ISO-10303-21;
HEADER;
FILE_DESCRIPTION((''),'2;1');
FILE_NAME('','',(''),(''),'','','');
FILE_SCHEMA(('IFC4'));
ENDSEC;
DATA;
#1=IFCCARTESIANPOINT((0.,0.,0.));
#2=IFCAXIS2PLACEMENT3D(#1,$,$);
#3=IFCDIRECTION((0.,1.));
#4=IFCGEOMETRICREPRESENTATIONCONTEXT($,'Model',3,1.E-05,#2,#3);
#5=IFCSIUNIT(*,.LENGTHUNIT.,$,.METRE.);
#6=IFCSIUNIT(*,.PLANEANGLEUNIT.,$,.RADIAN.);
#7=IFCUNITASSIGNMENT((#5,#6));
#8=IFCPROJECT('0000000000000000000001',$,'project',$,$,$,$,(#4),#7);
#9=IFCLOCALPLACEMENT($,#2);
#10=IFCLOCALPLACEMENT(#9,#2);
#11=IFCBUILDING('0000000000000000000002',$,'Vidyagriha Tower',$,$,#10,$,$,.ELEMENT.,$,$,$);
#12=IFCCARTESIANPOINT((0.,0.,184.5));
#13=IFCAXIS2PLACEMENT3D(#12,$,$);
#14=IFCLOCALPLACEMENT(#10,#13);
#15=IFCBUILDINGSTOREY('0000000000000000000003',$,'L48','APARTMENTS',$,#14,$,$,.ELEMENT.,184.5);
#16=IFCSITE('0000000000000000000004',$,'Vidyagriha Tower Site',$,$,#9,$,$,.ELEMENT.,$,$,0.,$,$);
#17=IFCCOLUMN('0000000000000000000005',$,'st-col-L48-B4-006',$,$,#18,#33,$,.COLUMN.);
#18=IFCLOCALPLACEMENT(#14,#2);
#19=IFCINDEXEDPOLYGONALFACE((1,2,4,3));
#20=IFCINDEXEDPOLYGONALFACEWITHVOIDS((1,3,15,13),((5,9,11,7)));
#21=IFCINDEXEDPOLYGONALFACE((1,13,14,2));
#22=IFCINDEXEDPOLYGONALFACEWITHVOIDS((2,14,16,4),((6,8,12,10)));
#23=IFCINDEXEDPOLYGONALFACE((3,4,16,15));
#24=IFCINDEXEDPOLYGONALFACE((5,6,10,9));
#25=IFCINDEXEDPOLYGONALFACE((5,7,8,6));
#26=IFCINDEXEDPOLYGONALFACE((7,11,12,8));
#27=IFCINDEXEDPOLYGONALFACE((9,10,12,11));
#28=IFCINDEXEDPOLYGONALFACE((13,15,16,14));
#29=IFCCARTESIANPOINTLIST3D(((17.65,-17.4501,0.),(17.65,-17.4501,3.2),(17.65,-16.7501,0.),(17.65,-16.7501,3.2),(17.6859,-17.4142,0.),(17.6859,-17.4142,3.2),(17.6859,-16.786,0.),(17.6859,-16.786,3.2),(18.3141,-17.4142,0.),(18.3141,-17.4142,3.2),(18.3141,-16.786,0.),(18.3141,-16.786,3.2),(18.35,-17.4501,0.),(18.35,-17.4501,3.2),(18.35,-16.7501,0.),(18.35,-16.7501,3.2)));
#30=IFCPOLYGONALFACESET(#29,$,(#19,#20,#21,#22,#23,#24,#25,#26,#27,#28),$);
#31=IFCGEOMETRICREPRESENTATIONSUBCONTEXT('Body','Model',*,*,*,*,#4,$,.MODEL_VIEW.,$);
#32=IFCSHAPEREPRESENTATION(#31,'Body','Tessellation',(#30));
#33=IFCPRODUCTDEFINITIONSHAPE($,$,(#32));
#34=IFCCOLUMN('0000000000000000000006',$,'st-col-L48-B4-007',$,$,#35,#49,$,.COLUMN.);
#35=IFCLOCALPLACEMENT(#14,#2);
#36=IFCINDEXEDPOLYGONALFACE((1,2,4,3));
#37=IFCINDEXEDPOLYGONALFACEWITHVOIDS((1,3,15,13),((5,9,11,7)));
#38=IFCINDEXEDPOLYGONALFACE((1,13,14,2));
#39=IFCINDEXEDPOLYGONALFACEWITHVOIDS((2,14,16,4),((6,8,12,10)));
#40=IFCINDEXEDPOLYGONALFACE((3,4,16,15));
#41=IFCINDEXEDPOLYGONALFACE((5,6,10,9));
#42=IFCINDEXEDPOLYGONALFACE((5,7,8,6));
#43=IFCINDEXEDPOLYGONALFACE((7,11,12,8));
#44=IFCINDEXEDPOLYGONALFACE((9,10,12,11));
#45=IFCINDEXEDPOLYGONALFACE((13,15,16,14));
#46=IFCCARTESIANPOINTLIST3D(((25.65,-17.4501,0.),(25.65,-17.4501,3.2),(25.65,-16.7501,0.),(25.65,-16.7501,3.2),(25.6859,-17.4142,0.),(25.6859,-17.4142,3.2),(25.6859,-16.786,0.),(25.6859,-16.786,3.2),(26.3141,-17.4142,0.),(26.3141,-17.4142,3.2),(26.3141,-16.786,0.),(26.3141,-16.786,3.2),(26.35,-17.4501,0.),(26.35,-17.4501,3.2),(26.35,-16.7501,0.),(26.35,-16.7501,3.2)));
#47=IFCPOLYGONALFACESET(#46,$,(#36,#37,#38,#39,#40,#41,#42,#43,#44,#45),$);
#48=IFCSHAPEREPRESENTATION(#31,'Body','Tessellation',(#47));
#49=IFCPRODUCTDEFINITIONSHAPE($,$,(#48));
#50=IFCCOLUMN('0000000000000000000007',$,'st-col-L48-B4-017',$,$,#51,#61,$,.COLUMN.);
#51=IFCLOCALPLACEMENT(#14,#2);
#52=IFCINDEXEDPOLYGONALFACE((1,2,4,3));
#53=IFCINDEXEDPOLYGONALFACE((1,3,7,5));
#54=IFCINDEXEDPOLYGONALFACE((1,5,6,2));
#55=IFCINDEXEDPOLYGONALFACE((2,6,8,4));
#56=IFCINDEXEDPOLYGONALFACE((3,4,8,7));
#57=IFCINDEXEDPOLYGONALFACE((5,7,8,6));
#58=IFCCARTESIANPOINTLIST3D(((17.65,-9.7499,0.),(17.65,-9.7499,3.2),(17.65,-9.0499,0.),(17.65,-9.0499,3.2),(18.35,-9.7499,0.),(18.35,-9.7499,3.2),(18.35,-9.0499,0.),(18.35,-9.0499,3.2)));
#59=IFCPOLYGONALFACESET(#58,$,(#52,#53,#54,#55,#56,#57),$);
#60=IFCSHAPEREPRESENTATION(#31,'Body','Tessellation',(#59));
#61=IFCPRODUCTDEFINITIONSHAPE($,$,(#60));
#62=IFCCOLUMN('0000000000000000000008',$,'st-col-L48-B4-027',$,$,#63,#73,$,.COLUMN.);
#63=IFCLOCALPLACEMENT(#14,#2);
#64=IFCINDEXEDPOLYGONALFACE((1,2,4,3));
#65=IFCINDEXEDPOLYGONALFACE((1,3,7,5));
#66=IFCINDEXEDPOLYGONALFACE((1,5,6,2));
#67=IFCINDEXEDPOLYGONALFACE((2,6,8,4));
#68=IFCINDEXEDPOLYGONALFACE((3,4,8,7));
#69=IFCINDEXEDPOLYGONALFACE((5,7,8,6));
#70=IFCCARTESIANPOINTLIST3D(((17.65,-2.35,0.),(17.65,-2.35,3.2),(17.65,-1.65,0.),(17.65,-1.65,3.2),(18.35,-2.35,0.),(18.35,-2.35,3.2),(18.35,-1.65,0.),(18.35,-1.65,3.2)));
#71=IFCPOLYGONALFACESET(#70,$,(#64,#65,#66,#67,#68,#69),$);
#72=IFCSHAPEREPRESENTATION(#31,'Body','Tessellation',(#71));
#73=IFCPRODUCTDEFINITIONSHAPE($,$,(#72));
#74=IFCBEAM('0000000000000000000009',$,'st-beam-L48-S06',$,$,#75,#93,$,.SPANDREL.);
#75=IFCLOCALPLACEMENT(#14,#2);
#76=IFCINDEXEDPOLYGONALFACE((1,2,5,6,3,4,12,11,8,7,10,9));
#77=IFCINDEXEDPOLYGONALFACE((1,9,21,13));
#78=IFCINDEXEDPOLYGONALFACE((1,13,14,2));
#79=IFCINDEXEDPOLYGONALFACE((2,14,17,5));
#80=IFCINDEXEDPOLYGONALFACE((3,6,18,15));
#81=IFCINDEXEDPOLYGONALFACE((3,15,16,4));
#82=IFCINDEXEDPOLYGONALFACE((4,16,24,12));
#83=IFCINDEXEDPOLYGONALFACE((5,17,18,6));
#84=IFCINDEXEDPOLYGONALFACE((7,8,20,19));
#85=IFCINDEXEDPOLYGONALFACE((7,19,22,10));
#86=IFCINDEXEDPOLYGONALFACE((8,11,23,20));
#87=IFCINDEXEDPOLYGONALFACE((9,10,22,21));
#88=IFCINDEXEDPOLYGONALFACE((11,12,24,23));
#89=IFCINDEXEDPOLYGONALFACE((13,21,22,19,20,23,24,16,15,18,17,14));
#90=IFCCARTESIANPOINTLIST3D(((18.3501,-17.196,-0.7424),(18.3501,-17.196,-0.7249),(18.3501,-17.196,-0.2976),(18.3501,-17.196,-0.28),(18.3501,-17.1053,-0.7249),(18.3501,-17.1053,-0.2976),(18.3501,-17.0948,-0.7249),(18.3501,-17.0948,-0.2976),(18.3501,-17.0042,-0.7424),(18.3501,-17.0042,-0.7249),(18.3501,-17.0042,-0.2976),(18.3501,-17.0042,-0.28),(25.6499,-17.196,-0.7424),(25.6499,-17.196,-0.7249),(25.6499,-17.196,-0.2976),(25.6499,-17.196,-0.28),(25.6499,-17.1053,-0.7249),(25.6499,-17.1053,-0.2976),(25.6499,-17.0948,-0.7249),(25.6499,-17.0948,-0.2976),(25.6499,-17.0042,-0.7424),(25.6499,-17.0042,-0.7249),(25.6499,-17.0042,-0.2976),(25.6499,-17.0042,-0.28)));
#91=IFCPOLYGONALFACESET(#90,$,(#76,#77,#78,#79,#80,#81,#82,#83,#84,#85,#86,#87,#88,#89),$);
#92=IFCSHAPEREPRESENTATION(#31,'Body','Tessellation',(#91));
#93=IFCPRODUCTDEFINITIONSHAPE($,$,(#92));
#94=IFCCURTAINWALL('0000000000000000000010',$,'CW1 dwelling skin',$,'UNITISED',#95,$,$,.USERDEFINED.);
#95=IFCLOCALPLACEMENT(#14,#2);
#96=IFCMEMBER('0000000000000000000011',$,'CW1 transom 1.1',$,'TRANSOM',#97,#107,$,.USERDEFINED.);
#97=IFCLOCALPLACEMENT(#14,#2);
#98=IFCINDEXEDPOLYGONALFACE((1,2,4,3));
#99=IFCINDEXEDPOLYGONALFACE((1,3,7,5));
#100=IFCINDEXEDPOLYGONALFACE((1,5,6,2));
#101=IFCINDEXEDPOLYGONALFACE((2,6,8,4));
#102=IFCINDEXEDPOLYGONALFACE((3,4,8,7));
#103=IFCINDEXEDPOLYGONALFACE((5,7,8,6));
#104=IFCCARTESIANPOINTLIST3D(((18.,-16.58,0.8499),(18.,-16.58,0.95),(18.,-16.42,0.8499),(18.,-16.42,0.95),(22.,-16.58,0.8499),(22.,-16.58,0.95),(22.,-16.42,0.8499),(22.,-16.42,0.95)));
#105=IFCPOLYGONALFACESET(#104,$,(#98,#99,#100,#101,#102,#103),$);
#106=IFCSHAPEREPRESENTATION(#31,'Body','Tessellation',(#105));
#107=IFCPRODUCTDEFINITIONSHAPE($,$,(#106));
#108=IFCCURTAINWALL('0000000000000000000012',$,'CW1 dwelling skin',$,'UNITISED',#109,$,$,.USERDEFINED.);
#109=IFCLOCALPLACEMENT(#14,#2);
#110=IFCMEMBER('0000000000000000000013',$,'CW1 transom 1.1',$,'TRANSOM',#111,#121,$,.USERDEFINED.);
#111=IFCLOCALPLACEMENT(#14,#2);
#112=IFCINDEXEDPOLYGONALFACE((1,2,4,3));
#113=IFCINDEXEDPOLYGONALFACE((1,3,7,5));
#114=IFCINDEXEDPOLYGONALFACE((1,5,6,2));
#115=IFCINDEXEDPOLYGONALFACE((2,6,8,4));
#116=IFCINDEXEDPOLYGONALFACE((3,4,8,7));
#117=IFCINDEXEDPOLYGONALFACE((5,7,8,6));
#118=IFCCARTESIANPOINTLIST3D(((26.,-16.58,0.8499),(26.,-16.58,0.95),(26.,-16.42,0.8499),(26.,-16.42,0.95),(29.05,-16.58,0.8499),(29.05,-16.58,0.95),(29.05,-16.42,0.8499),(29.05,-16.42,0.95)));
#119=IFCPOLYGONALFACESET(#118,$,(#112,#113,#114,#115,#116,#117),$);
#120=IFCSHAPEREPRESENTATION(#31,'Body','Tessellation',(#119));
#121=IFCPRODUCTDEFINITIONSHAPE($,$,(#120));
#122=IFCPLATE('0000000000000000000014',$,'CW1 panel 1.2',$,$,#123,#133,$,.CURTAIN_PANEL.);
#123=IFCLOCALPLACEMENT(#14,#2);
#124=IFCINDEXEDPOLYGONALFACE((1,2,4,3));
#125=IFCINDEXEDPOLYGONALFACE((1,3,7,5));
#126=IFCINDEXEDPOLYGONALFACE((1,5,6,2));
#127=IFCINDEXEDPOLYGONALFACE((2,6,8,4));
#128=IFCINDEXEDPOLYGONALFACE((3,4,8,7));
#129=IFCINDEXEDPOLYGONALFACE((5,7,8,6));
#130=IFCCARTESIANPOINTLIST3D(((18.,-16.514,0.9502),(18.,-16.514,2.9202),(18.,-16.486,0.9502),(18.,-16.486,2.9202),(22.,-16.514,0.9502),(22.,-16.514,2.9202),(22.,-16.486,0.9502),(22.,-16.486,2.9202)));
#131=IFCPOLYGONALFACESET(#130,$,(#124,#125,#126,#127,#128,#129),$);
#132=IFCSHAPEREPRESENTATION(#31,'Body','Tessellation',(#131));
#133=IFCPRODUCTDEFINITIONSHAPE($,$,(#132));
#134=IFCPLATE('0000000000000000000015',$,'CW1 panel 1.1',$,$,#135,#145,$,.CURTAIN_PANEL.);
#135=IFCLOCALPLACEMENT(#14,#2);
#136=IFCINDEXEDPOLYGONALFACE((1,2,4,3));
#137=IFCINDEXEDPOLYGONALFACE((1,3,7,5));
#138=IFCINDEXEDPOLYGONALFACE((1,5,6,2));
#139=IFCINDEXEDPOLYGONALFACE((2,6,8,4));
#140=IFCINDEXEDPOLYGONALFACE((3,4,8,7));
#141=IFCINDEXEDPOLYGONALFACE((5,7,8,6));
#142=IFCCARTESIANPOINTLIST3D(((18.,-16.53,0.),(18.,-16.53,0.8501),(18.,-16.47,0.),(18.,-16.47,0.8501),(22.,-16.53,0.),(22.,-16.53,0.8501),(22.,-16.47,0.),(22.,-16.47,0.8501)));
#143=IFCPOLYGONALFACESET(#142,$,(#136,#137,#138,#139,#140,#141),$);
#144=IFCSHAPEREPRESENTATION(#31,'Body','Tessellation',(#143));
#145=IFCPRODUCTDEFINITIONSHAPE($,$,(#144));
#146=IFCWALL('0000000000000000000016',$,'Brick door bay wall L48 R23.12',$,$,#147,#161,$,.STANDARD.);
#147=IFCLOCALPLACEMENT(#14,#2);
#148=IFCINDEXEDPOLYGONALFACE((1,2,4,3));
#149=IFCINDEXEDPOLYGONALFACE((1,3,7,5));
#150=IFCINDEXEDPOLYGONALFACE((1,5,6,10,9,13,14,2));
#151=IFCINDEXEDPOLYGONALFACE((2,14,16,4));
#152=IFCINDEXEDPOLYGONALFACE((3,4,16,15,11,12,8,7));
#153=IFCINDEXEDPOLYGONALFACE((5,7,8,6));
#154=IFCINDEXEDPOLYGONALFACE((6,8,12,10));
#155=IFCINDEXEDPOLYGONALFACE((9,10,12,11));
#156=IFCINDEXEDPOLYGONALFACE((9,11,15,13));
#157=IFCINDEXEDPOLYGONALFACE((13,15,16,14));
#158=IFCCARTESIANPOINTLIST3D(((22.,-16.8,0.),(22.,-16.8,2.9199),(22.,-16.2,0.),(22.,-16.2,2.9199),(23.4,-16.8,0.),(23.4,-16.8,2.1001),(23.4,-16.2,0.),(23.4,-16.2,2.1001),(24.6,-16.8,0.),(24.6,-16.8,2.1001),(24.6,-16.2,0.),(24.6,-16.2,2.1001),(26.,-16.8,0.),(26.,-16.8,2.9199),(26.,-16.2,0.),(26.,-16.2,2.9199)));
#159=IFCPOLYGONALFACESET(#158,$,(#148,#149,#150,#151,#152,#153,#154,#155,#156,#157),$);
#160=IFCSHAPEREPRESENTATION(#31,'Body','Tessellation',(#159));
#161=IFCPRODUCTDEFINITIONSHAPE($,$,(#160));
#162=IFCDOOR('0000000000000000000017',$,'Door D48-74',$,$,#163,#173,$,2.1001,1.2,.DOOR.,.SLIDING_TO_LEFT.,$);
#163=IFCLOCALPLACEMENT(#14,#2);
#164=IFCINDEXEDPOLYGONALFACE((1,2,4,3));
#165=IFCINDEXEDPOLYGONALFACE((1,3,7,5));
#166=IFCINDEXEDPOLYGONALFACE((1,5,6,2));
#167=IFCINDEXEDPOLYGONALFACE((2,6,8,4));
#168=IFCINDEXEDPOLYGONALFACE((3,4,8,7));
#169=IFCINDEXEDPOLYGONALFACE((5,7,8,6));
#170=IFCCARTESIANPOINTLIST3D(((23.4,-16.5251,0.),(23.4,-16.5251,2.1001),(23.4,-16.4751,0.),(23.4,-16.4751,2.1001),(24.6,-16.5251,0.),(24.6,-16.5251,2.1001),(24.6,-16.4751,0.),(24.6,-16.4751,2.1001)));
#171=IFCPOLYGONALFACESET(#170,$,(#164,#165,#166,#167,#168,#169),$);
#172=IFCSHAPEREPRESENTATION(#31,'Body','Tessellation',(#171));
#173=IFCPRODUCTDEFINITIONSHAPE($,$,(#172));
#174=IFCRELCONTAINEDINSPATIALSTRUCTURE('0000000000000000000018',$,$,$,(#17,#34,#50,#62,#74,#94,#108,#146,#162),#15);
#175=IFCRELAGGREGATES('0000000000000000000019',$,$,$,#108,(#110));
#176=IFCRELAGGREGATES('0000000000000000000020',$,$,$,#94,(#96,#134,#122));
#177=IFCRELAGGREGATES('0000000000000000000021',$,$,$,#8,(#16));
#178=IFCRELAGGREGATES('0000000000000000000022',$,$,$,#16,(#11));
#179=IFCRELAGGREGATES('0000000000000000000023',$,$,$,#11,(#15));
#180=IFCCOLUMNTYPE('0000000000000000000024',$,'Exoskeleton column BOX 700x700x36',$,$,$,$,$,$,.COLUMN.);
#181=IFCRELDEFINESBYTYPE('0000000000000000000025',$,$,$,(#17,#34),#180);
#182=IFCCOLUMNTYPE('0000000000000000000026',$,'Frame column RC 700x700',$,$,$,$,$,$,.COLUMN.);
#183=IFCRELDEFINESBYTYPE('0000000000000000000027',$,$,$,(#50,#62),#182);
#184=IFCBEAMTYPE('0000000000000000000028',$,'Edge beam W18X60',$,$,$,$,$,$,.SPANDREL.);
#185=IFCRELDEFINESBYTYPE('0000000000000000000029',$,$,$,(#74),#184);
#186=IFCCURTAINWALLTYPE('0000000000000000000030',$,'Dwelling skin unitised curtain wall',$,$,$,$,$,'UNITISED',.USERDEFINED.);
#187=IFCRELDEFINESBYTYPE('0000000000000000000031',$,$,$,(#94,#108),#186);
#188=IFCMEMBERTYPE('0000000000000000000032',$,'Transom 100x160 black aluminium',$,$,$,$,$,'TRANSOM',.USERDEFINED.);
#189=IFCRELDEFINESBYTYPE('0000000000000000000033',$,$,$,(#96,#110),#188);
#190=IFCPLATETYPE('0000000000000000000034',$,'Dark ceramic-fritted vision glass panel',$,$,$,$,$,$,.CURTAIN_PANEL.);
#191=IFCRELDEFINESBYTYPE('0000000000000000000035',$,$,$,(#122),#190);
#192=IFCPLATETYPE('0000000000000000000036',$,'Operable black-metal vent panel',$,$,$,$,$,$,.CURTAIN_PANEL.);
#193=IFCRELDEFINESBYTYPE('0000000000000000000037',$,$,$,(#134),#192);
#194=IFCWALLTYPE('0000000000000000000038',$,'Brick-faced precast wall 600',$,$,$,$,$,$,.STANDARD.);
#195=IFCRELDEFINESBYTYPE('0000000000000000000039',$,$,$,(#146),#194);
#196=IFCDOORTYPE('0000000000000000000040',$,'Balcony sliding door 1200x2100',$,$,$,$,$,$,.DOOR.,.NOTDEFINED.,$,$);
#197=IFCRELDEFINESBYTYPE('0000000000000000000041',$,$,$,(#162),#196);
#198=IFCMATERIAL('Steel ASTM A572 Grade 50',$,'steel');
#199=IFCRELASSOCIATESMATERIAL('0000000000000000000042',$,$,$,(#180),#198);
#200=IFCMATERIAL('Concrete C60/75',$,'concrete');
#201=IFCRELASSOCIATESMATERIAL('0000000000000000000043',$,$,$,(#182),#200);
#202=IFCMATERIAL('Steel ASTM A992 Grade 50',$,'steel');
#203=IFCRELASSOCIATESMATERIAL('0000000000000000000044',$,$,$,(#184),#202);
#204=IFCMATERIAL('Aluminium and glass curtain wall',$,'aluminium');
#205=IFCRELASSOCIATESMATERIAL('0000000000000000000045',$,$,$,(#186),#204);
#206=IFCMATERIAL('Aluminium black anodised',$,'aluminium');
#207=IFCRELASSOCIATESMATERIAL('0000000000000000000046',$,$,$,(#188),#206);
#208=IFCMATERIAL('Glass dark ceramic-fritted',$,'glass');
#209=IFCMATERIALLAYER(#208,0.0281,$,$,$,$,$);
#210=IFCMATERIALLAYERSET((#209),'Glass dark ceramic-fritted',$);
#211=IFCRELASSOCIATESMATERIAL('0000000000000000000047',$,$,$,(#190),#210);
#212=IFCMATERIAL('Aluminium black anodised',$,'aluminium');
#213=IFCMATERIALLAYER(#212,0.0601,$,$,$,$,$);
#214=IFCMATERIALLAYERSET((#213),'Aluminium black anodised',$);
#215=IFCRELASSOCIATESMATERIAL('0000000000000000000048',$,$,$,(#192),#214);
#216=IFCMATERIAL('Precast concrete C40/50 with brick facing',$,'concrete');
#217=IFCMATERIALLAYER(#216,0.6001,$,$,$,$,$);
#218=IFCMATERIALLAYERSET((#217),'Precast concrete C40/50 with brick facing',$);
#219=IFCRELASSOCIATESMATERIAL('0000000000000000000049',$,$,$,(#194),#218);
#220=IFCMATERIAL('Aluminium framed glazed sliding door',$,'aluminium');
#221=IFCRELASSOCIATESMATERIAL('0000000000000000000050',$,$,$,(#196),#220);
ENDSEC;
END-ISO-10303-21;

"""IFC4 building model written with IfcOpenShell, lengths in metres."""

from ifc_helpers import new_model, si_unit, direction, frame, frame_2d, origin, origin_2d, place, context, subcontext, project, spatial, rectangle, hollow_rectangle, i_section, extrude, material, layer, layer_set, material_profile, profile_set, type_object, element, fill, aggregate, save


model = new_model("IFC4")

# Units and contexts
model_context = context("Model", 3, precision=1e-05, world=origin(), true_north=direction((0.0, 1.0)))
body_context = subcontext(model_context, "Body", "Model", "MODEL_VIEW")
ifc_project = project(units=[si_unit("LENGTHUNIT", "METRE"), si_unit("PLANEANGLEUNIT", "RADIAN")], contexts=[model_context])

# Site, building, storey
site_placement = place(None, origin())
site = spatial("IfcSite", under=ifc_project, at=site_placement, Name="Vidyagriha Tower Site", CompositionType="ELEMENT", RefElevation=0.0)
building_placement = place(site_placement, origin())
building = spatial("IfcBuilding", under=site, at=building_placement, Name="Vidyagriha Tower", CompositionType="ELEMENT")
storey_placement = place(building_placement, frame((0.0, 0.0, 184.5)))
storey = spatial("IfcBuildingStorey", under=building, at=storey_placement, Name="L48", Description="APARTMENTS", CompositionType="ELEMENT", Elevation=184.5)

# Columns
ifc_material_1 = material(Name="Steel ASTM A572 Grade 50", Category="steel")
ifc_material_profile_1 = material_profile(ifc_material_1, hollow_rectangle(XDim=0.7, YDim=0.7, WallThickness=0.0359, at=origin_2d()), Name="BOX 700x700x36")
ifc_profile_set_1 = profile_set([ifc_material_profile_1], Name="Steel ASTM A572 Grade 50")
column_type_1 = type_object("IfcColumnType", Name="Exoskeleton column BOX 700x700x36", PredefinedType="COLUMN", material=ifc_profile_set_1)
for number, where, name in (
    (1, (18.0, -17.1001, 0.0), "st-col-L48-B4-006"),
    (2, (26.0, -17.1001, 0.0), "st-col-L48-B4-007"),
):
    element("IfcColumn", number, at=place(storey_placement, frame(where)), inside=storey, type_object=column_type_1, Name=name, PredefinedType="COLUMN", context=body_context, shape_type="SweptSolid", body=[
        extrude(hollow_rectangle(XDim=0.7, YDim=0.7, WallThickness=0.0359, at=origin_2d()), origin(), (0.0, 0.0, 1.0), 3.2),
    ])
ifc_material_2 = material(Name="Concrete C60/75", Category="concrete")
ifc_material_profile_2 = material_profile(ifc_material_2, rectangle(XDim=0.7, YDim=0.7, at=origin_2d()), Name="RC 700x700")
ifc_profile_set_2 = profile_set([ifc_material_profile_2], Name="Concrete C60/75")
column_type_2 = type_object("IfcColumnType", Name="Frame column RC 700x700", PredefinedType="COLUMN", material=ifc_profile_set_2)
for number, where, name in (
    (3, (18.0, -9.3999, 0.0), "st-col-L48-B4-017"),
    (4, (18.0, -2.0, 0.0), "st-col-L48-B4-027"),
):
    element("IfcColumn", number, at=place(storey_placement, frame(where)), inside=storey, type_object=column_type_2, Name=name, PredefinedType="COLUMN", context=body_context, shape_type="SweptSolid", body=[
        extrude(rectangle(XDim=0.7, YDim=0.7, at=origin_2d()), origin(), (0.0, 0.0, 1.0), 3.2),
    ])

# Beam
ifc_material_3 = material(Name="Steel ASTM A992 Grade 50", Category="steel")
ifc_material_profile_3 = material_profile(ifc_material_3, i_section(OverallWidth=0.1919, OverallDepth=0.4624, WebThickness=0.0105, FlangeThickness=0.0176, at=origin_2d()), Name="W18X60")
ifc_profile_set_3 = profile_set([ifc_material_profile_3], Name="Steel ASTM A992 Grade 50")
beam_type = type_object("IfcBeamType", Name="Edge beam W18X60", PredefinedType="SPANDREL", material=ifc_profile_set_3)
beam_placement = place(storey_placement, frame((18.3501, -17.1001, -0.5112), z_axis=(1.0, 0.0, 0.0), x_axis=(0.0, 1.0, 0.0)))
element("IfcBeam", 5, at=beam_placement, inside=storey, type_object=beam_type, Name="st-beam-L48-S06", PredefinedType="SPANDREL", context=body_context, shape_type="SweptSolid", body=[
    extrude(i_section(OverallWidth=0.1919, OverallDepth=0.4624, WebThickness=0.0105, FlangeThickness=0.0176, at=origin_2d()), origin(), (0.0, 0.0, 1.0), 7.2998),
])

# Curtain walls, members
ifc_material_4 = material(Name="Aluminium and glass curtain wall", Category="aluminium")
curtain_wall_type = type_object("IfcCurtainWallType", Name="Dwelling skin unitised curtain wall", ElementType="UNITISED", PredefinedType="USERDEFINED", material=ifc_material_4)
curtain_wall_1_placement = place(storey_placement, origin())
curtain_wall_1 = element("IfcCurtainWall", 6, at=curtain_wall_1_placement, inside=storey, type_object=curtain_wall_type, Name="CW1 dwelling skin", ObjectType="UNITISED", PredefinedType="USERDEFINED")
ifc_material_5 = material(Name="Aluminium black anodised", Category="aluminium")
ifc_material_profile_4 = material_profile(ifc_material_5, rectangle(XDim=0.1599, YDim=0.1001, at=origin_2d()), Name="Transom 100x160 black aluminium")
ifc_profile_set_4 = profile_set([ifc_material_profile_4], Name="Aluminium black anodised")
member_type = type_object("IfcMemberType", Name="Transom 100x160 black aluminium", ElementType="TRANSOM", PredefinedType="USERDEFINED", material=ifc_profile_set_4)
member_1_placement = place(storey_placement, frame((18.0, -16.5, 0.8999), z_axis=(1.0, 0.0, 0.0), x_axis=(0.0, 1.0, 0.0)))
member_1 = element("IfcMember", 7, at=member_1_placement, type_object=member_type, Name="CW1 transom 1.1", ObjectType="TRANSOM", PredefinedType="USERDEFINED", context=body_context, shape_type="SweptSolid", body=[
    extrude(rectangle(XDim=0.1599, YDim=0.1001, at=origin_2d()), origin(), (0.0, 0.0, 1.0), 4.0),
])
curtain_wall_2_placement = place(storey_placement, origin())
curtain_wall_2 = element("IfcCurtainWall", 8, at=curtain_wall_2_placement, inside=storey, type_object=curtain_wall_type, Name="CW1 dwelling skin", ObjectType="UNITISED", PredefinedType="USERDEFINED")
member_2_placement = place(storey_placement, frame((26.0, -16.5, 0.8999), z_axis=(1.0, 0.0, 0.0), x_axis=(0.0, 1.0, 0.0)))
member_2 = element("IfcMember", 9, at=member_2_placement, type_object=member_type, Name="CW1 transom 1.1", ObjectType="TRANSOM", PredefinedType="USERDEFINED", context=body_context, shape_type="SweptSolid", body=[
    extrude(rectangle(XDim=0.1599, YDim=0.1001, at=origin_2d()), origin(), (0.0, 0.0, 1.0), 3.05),
])
aggregate(curtain_wall_2, [member_2])

# Plates
ifc_material_6 = material(Name="Glass dark ceramic-fritted", Category="glass")
ifc_layer_1 = layer(ifc_material_6, 0.0281)
ifc_layer_set_1 = layer_set([ifc_layer_1], Name="Glass dark ceramic-fritted")
plate_type_1 = type_object("IfcPlateType", Name="Dark ceramic-fritted vision glass panel", PredefinedType="CURTAIN_PANEL", material=ifc_layer_set_1)
plate_1_placement = place(storey_placement, frame((20.0, -16.5, 0.9502)))
plate_1 = element("IfcPlate", 10, at=plate_1_placement, type_object=plate_type_1, Name="CW1 panel 1.2", PredefinedType="CURTAIN_PANEL", context=body_context, shape_type="SweptSolid", body=[
    extrude(rectangle(XDim=4.0, YDim=0.0281, at=origin_2d()), origin(), (0.0, 0.0, 1.0), 1.97),
])
ifc_material_7 = material(Name="Aluminium black anodised", Category="aluminium")
ifc_layer_2 = layer(ifc_material_7, 0.0601)
ifc_layer_set_2 = layer_set([ifc_layer_2], Name="Aluminium black anodised")
plate_type_2 = type_object("IfcPlateType", Name="Operable black-metal vent panel", PredefinedType="CURTAIN_PANEL", material=ifc_layer_set_2)
plate_2_placement = place(storey_placement, frame((20.0, -16.5, 0.0)))
plate_2 = element("IfcPlate", 11, at=plate_2_placement, type_object=plate_type_2, Name="CW1 panel 1.1", PredefinedType="CURTAIN_PANEL", context=body_context, shape_type="SweptSolid", body=[
    extrude(rectangle(XDim=4.0, YDim=0.0601, at=origin_2d()), origin(), (0.0, 0.0, 1.0), 0.8501),
])
aggregate(curtain_wall_1, [member_1, plate_2, plate_1])

# Wall, opening, door
ifc_material_8 = material(Name="Precast concrete C40/50 with brick facing", Category="concrete")
ifc_layer_3 = layer(ifc_material_8, 0.6001)
ifc_layer_set_3 = layer_set([ifc_layer_3], Name="Precast concrete C40/50 with brick facing")
wall_type_1 = type_object("IfcWallType", Name="Brick-faced precast wall 600", PredefinedType="STANDARD", material=ifc_layer_set_3)
wall_1_placement = place(storey_placement, frame((22.0, -16.5, 0.0)))
wall_1 = element("IfcWall", 12, at=wall_1_placement, inside=storey, type_object=wall_type_1, Name="Brick door bay wall L48 R23.12", PredefinedType="STANDARD", context=body_context, shape_type="SweptSolid", body=[
    extrude(rectangle(XDim=4.0, YDim=0.6001, at=frame_2d((2.0, 0.0))), origin(), (0.0, 0.0, 1.0), 2.9199),
])
opening_1_placement = place(wall_1_placement, frame((1.3999, 0.0, 0.0)))
opening_1 = element("IfcOpeningElement", 13, at=opening_1_placement, cuts=wall_1, PredefinedType="OPENING", context=body_context, shape_type="SweptSolid", body=[
    extrude(rectangle(XDim=1.2, YDim=2.1001, at=frame_2d((0.6001, 1.05))), frame((0.0, 0.3101, 0.0), z_axis=(0.0, -1.0, 0.0), x_axis=(1.0, 0.0, 0.0)), (0.0, 0.0, 1.0), 0.6201),
])
ifc_material_9 = material(Name="Aluminium framed glazed sliding door", Category="aluminium")
door_type_1 = type_object("IfcDoorType", Name="Balcony sliding door 1200x2100", OperationType="NOTDEFINED", PredefinedType="DOOR", material=ifc_material_9)
door_1_placement = place(opening_1_placement, origin())
door_1 = element("IfcDoor", 14, at=door_1_placement, inside=storey, type_object=door_type_1, Name="Door D48-74", OperationType="SLIDING_TO_LEFT", OverallHeight=2.1001, OverallWidth=1.2, PredefinedType="DOOR", context=body_context, shape_type="SweptSolid", body=[
    extrude(rectangle(XDim=1.2, YDim=2.1001, at=frame_2d((0.6001, 1.05))), frame((0.0, 0.0249, 0.0), z_axis=(0.0, -1.0, 0.0), x_axis=(1.0, 0.0, 0.0)), (0.0, 0.0, 1.0), 0.05),
])
fill(opening_1, door_1)

save(model, "model.ifc")
